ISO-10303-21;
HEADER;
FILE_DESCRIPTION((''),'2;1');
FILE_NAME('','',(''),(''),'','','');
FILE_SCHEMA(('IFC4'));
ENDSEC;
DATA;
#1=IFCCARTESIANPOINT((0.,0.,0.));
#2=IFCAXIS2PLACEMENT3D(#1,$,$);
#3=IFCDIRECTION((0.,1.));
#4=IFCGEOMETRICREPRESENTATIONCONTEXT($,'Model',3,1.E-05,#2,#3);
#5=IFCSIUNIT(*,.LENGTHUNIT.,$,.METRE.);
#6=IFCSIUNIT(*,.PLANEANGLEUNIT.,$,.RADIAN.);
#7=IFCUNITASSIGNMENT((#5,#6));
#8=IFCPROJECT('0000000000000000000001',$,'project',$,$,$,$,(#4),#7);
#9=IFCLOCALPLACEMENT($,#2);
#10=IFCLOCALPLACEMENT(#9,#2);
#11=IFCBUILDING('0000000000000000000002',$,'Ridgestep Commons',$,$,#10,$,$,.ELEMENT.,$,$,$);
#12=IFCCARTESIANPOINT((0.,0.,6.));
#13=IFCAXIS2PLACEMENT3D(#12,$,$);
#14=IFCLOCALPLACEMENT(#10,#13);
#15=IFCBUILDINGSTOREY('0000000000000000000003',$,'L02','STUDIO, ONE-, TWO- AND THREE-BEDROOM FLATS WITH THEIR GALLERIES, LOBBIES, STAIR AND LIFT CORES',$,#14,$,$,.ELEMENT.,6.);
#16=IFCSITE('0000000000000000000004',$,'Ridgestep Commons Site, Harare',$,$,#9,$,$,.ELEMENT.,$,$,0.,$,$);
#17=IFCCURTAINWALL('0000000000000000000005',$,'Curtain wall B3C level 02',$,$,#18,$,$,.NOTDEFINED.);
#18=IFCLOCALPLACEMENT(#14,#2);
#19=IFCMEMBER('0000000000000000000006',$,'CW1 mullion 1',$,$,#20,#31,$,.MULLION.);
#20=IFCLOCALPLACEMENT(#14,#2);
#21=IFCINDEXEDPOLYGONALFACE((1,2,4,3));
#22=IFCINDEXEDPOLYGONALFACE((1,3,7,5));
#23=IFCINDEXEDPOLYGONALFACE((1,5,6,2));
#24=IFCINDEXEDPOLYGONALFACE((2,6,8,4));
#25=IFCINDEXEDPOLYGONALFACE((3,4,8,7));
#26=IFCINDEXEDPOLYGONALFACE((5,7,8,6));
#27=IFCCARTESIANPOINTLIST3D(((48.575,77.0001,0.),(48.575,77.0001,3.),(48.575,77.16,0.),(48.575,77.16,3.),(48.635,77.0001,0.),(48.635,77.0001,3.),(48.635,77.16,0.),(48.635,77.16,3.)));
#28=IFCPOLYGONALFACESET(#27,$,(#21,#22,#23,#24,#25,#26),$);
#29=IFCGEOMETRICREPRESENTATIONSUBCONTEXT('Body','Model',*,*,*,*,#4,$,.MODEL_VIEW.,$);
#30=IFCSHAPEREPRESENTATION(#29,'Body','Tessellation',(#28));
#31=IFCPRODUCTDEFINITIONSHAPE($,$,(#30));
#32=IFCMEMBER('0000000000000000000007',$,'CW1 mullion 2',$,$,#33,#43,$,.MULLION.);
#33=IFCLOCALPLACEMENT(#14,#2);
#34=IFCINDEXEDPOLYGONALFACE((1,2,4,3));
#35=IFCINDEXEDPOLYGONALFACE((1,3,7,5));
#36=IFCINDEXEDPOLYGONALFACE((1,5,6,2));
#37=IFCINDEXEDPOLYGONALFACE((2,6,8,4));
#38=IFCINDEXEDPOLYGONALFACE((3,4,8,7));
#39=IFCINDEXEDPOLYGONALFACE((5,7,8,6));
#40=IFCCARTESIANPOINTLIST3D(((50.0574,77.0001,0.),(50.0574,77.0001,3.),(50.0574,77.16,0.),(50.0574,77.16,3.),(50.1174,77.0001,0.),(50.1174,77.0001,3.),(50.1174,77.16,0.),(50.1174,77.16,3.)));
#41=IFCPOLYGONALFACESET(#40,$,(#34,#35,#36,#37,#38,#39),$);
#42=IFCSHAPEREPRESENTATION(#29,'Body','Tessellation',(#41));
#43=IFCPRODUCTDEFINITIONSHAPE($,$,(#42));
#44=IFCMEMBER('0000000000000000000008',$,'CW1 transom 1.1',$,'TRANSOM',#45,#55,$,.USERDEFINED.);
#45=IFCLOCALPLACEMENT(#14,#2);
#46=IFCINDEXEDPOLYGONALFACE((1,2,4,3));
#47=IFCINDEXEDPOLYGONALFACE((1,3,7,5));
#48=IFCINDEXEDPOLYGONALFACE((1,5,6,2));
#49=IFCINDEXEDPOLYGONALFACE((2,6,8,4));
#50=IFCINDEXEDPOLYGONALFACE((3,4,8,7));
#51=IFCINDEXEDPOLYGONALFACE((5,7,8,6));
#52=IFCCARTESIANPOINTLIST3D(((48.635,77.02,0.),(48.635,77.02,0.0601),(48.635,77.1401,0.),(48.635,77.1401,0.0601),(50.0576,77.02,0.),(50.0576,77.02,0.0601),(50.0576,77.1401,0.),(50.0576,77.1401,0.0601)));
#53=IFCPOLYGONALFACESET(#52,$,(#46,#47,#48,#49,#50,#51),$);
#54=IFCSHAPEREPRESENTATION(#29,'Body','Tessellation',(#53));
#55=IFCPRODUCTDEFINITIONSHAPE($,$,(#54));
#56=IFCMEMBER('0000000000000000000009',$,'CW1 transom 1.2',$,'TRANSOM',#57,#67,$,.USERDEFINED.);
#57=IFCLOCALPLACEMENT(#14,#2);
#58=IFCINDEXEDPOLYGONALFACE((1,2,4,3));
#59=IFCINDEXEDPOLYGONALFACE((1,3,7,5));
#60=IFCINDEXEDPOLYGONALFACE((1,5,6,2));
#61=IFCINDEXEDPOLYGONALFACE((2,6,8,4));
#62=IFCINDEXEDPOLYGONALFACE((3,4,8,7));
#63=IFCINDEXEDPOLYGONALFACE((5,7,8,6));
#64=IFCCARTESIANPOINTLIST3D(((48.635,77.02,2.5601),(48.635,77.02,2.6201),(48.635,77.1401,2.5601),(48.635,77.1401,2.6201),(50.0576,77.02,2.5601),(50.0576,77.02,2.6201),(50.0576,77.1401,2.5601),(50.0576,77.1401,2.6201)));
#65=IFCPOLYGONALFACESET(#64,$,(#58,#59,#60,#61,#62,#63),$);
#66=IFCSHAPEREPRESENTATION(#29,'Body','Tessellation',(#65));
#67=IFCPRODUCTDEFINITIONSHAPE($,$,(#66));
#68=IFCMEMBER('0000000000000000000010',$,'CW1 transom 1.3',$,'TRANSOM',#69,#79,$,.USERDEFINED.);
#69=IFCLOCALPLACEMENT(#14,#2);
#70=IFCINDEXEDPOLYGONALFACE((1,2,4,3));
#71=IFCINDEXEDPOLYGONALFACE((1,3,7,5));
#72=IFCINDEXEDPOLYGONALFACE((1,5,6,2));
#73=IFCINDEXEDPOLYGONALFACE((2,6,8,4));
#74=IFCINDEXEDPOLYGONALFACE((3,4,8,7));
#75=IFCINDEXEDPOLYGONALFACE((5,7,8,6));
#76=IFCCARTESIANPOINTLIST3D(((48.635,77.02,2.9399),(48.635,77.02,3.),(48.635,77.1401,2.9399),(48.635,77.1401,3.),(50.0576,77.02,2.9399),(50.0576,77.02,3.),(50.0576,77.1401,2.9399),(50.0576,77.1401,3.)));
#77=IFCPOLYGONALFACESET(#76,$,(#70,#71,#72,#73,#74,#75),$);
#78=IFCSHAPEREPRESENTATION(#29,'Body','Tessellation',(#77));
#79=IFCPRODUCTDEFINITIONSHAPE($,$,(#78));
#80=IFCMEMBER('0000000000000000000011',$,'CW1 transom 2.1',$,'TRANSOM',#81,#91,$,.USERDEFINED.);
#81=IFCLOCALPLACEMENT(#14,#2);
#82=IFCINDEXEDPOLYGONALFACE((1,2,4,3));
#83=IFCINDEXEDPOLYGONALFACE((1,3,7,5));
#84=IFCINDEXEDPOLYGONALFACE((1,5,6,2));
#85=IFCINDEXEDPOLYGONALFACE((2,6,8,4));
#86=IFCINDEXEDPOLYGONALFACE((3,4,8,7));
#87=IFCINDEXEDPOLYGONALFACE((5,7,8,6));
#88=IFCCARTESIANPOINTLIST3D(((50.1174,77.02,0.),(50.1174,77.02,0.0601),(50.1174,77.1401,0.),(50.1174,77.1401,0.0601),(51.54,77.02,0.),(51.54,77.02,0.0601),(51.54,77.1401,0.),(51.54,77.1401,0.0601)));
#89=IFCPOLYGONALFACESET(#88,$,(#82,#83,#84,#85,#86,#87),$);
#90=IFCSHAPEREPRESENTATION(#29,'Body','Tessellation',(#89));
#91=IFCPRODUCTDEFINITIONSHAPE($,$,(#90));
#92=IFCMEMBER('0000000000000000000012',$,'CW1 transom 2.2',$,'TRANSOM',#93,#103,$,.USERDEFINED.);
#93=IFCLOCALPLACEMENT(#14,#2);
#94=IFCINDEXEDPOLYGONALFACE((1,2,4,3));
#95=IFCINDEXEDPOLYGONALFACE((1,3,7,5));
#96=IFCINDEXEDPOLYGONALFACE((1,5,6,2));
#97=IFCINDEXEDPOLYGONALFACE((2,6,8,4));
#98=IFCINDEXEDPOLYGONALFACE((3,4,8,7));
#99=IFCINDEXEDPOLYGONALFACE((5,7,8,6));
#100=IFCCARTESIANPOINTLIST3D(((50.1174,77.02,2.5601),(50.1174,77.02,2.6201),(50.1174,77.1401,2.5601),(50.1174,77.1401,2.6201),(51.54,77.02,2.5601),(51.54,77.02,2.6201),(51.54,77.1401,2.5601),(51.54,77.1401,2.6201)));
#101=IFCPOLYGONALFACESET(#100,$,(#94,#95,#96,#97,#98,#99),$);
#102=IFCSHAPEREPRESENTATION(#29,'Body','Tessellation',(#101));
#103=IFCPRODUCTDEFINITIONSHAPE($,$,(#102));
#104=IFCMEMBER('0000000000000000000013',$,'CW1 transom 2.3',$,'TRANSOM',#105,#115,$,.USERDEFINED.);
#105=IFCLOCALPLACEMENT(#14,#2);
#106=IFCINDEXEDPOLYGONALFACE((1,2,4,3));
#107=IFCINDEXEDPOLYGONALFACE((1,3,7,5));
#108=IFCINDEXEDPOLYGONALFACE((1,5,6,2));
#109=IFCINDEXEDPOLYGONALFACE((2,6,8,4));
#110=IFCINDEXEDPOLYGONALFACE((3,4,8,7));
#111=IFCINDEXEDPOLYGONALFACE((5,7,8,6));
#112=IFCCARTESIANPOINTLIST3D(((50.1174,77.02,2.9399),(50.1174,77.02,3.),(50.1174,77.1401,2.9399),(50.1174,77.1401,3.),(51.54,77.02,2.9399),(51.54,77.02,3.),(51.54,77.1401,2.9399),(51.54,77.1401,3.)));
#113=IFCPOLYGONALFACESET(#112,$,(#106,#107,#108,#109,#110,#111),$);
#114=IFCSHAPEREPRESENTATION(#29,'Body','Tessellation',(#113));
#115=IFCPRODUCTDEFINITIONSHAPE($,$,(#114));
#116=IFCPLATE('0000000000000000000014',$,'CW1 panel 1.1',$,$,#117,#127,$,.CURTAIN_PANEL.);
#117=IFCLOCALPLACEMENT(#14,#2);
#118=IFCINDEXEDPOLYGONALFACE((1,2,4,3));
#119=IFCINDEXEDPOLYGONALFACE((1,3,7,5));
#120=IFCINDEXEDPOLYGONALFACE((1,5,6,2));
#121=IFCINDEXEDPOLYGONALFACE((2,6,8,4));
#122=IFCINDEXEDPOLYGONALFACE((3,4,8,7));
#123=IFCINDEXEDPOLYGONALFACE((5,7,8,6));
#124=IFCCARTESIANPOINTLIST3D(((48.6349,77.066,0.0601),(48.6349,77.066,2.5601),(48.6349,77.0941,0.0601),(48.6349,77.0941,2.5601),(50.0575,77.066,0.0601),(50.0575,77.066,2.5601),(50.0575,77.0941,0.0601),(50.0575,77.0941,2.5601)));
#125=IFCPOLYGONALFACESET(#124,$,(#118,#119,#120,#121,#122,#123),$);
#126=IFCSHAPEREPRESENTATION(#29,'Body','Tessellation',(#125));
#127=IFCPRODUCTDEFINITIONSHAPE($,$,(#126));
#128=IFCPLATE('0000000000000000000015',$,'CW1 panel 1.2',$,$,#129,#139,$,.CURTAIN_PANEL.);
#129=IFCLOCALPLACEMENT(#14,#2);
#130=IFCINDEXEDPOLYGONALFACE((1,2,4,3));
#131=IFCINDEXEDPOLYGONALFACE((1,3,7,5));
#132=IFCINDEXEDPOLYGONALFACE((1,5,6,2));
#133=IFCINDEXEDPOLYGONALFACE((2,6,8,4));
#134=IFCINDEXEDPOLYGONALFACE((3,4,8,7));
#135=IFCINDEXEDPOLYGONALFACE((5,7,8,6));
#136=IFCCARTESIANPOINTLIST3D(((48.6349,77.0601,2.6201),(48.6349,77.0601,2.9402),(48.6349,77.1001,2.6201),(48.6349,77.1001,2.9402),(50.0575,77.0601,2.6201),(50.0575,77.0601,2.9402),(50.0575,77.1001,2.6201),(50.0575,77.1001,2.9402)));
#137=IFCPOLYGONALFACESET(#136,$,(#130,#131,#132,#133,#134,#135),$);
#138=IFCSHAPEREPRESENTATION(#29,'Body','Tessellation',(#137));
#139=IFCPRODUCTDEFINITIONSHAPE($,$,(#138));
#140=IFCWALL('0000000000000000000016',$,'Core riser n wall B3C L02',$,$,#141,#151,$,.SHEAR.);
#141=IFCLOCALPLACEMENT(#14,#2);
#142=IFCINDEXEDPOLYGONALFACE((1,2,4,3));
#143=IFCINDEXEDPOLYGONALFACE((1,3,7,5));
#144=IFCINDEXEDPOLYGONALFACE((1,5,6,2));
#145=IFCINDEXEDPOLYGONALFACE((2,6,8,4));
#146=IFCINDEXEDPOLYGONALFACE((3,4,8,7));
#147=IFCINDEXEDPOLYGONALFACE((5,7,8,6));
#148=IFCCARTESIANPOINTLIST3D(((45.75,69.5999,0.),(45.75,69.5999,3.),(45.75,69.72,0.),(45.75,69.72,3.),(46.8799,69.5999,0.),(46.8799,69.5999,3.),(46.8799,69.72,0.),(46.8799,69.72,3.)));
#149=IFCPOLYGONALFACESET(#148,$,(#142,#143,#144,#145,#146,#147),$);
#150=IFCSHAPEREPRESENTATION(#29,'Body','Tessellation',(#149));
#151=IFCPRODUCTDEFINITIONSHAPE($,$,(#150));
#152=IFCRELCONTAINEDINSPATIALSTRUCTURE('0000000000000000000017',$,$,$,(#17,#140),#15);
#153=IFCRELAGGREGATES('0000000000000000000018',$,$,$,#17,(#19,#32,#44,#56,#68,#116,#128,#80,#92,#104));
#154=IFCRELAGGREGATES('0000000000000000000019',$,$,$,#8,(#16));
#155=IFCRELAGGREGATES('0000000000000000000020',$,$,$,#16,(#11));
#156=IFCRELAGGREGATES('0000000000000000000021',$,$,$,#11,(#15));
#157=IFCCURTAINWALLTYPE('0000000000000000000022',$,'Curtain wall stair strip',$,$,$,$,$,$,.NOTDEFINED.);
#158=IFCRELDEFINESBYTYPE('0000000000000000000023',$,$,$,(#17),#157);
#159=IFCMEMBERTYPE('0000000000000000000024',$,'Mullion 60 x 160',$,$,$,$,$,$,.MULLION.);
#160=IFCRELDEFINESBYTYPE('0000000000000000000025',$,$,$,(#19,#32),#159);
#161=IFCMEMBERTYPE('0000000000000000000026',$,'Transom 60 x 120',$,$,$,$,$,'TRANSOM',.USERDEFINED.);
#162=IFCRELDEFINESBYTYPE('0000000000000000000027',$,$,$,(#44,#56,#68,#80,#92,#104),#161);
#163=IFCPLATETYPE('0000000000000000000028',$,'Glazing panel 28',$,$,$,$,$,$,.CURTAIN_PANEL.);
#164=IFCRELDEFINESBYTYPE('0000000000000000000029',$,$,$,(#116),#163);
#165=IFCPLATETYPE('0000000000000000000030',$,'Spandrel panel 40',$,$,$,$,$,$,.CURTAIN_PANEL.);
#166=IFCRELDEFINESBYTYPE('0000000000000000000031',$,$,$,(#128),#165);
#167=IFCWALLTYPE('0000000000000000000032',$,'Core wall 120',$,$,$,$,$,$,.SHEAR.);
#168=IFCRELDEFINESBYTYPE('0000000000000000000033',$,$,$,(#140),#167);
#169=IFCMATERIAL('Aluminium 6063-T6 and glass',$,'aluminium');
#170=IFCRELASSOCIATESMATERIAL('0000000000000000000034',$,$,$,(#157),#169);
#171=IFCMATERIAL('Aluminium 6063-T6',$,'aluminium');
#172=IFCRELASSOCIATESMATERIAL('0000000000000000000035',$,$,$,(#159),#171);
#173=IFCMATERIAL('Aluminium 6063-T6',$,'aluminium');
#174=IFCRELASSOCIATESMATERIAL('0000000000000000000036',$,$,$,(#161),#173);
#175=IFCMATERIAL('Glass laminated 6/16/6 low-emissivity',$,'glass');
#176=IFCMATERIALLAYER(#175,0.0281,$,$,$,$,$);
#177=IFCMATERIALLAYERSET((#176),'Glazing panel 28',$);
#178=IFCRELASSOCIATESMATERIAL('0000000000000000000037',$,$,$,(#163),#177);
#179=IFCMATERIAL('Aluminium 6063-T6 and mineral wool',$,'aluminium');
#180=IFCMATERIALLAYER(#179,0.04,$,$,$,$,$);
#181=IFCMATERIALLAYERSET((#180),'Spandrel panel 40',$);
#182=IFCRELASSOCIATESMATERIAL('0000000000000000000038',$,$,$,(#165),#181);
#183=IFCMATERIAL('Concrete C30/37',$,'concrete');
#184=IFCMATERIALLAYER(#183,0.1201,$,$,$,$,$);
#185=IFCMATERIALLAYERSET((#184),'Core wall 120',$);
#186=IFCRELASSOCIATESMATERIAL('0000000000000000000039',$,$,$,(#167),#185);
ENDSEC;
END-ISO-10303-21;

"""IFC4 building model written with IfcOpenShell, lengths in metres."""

from ifc_helpers import new_model, si_unit, direction, frame, frame_2d, origin, origin_2d, place, context, subcontext, project, spatial, rectangle, extrude, material, layer, layer_set, material_profile, profile_set, type_object, element, aggregate, save


model = new_model("IFC4")

# Units and contexts
model_context = context("Model", 3, precision=1e-05, world=origin(), true_north=direction((0.0, 1.0)))
body_context = subcontext(model_context, "Body", "Model", "MODEL_VIEW")
ifc_project = project(units=[si_unit("LENGTHUNIT", "METRE"), si_unit("PLANEANGLEUNIT", "RADIAN")], contexts=[model_context])

# Site, building, storey
site_placement = place(None, origin())
site = spatial("IfcSite", under=ifc_project, at=site_placement, Name="Ridgestep Commons Site, Harare", CompositionType="ELEMENT", RefElevation=0.0)
building_placement = place(site_placement, origin())
building = spatial("IfcBuilding", under=site, at=building_placement, Name="Ridgestep Commons", CompositionType="ELEMENT")
storey_placement = place(building_placement, frame((0.0, 0.0, 6.0)))
storey = spatial("IfcBuildingStorey", under=building, at=storey_placement, Name="L02", Description="STUDIO, ONE-, TWO- AND THREE-BEDROOM FLATS WITH THEIR GALLERIES, LOBBIES, STAIR AND LIFT CORES", CompositionType="ELEMENT", Elevation=6.0)

# Curtain wall, members, plates
ifc_material_1 = material(Name="Aluminium 6063-T6 and glass", Category="aluminium")
curtain_wall_type = type_object("IfcCurtainWallType", Name="Curtain wall stair strip", PredefinedType="NOTDEFINED", material=ifc_material_1)
curtain_wall_placement = place(storey_placement, origin())
curtain_wall = element("IfcCurtainWall", 1, at=curtain_wall_placement, inside=storey, type_object=curtain_wall_type, Name="Curtain wall B3C level 02", PredefinedType="NOTDEFINED")
ifc_material_2 = material(Name="Aluminium 6063-T6", Category="aluminium")
ifc_material_profile_1 = material_profile(ifc_material_2, rectangle(XDim=0.1599, YDim=0.0601, at=origin_2d()), Name="Mullion 60 x 160")
ifc_profile_set_1 = profile_set([ifc_material_profile_1], Name="Aluminium 6063-T6")
member_type_1 = type_object("IfcMemberType", Name="Mullion 60 x 160", PredefinedType="MULLION", material=ifc_profile_set_1)
member_1_placement = place(storey_placement, frame((48.605, 77.0801, 0.0), z_axis=(0.0, 0.0, 1.0), x_axis=(0.0, 1.0, 0.0)))
member_1 = element("IfcMember", 2, at=member_1_placement, type_object=member_type_1, Name="CW1 mullion 1", PredefinedType="MULLION", context=body_context, shape_type="SweptSolid", body=[
    extrude(rectangle(XDim=0.1599, YDim=0.0601, at=origin_2d()), origin(), (0.0, 0.0, 1.0), 3.0),
])
member_2_placement = place(storey_placement, frame((50.0874, 77.0801, 0.0), z_axis=(0.0, 0.0, 1.0), x_axis=(0.0, 1.0, 0.0)))
member_2 = element("IfcMember", 3, at=member_2_placement, type_object=member_type_1, Name="CW1 mullion 2", PredefinedType="MULLION", context=body_context, shape_type="SweptSolid", body=[
    extrude(rectangle(XDim=0.1599, YDim=0.0601, at=origin_2d()), origin(), (0.0, 0.0, 1.0), 3.0),
])
ifc_material_3 = material(Name="Aluminium 6063-T6", Category="aluminium")
ifc_material_profile_2 = material_profile(ifc_material_3, rectangle(XDim=0.1201, YDim=0.0601, at=origin_2d()), Name="Transom 60 x 120")
ifc_profile_set_2 = profile_set([ifc_material_profile_2], Name="Aluminium 6063-T6")
member_type_2 = type_object("IfcMemberType", Name="Transom 60 x 120", ElementType="TRANSOM", PredefinedType="USERDEFINED", material=ifc_profile_set_2)
member_3_placement = place(storey_placement, frame((48.635, 77.0801, 0.03), z_axis=(1.0, 0.0, 0.0), x_axis=(0.0, 1.0, 0.0)))
member_3 = element("IfcMember", 4, at=member_3_placement, type_object=member_type_2, Name="CW1 transom 1.1", ObjectType="TRANSOM", PredefinedType="USERDEFINED", context=body_context, shape_type="SweptSolid", body=[
    extrude(rectangle(XDim=0.1201, YDim=0.0601, at=origin_2d()), origin(), (0.0, 0.0, 1.0), 1.4226),
])
member_4_placement = place(storey_placement, frame((48.635, 77.0801, 2.5901), z_axis=(1.0, 0.0, 0.0), x_axis=(0.0, 1.0, 0.0)))
member_4 = element("IfcMember", 5, at=member_4_placement, type_object=member_type_2, Name="CW1 transom 1.2", ObjectType="TRANSOM", PredefinedType="USERDEFINED", context=body_context, shape_type="SweptSolid", body=[
    extrude(rectangle(XDim=0.1201, YDim=0.0601, at=origin_2d()), origin(), (0.0, 0.0, 1.0), 1.4226),
])
member_5_placement = place(storey_placement, frame((48.635, 77.0801, 2.97), z_axis=(1.0, 0.0, 0.0), x_axis=(0.0, 1.0, 0.0)))
member_5 = element("IfcMember", 6, at=member_5_placement, type_object=member_type_2, Name="CW1 transom 1.3", ObjectType="TRANSOM", PredefinedType="USERDEFINED", context=body_context, shape_type="SweptSolid", body=[
    extrude(rectangle(XDim=0.1201, YDim=0.0601, at=origin_2d()), origin(), (0.0, 0.0, 1.0), 1.4226),
])
member_6_placement = place(storey_placement, frame((50.1174, 77.0801, 0.03), z_axis=(1.0, 0.0, 0.0), x_axis=(0.0, 1.0, 0.0)))
member_6 = element("IfcMember", 7, at=member_6_placement, type_object=member_type_2, Name="CW1 transom 2.1", ObjectType="TRANSOM", PredefinedType="USERDEFINED", context=body_context, shape_type="SweptSolid", body=[
    extrude(rectangle(XDim=0.1201, YDim=0.0601, at=origin_2d()), origin(), (0.0, 0.0, 1.0), 1.4226),
])
member_7_placement = place(storey_placement, frame((50.1174, 77.0801, 2.5901), z_axis=(1.0, 0.0, 0.0), x_axis=(0.0, 1.0, 0.0)))
member_7 = element("IfcMember", 8, at=member_7_placement, type_object=member_type_2, Name="CW1 transom 2.2", ObjectType="TRANSOM", PredefinedType="USERDEFINED", context=body_context, shape_type="SweptSolid", body=[
    extrude(rectangle(XDim=0.1201, YDim=0.0601, at=origin_2d()), origin(), (0.0, 0.0, 1.0), 1.4226),
])
member_8_placement = place(storey_placement, frame((50.1174, 77.0801, 2.97), z_axis=(1.0, 0.0, 0.0), x_axis=(0.0, 1.0, 0.0)))
member_8 = element("IfcMember", 9, at=member_8_placement, type_object=member_type_2, Name="CW1 transom 2.3", ObjectType="TRANSOM", PredefinedType="USERDEFINED", context=body_context, shape_type="SweptSolid", body=[
    extrude(rectangle(XDim=0.1201, YDim=0.0601, at=origin_2d()), origin(), (0.0, 0.0, 1.0), 1.4226),
])
ifc_material_4 = material(Name="Glass laminated 6/16/6 low-emissivity", Category="glass")
ifc_layer_1 = layer(ifc_material_4, 0.0281)
ifc_layer_set_1 = layer_set([ifc_layer_1], Name="Glazing panel 28")
plate_type_1 = type_object("IfcPlateType", Name="Glazing panel 28", PredefinedType="CURTAIN_PANEL", material=ifc_layer_set_1)
plate_1_placement = place(storey_placement, frame((49.3462, 77.0801, 0.0601), z_axis=(0.0, 0.0, 1.0), x_axis=(1.0, 0.0, 0.0)))
plate_1 = element("IfcPlate", 10, at=plate_1_placement, type_object=plate_type_1, Name="CW1 panel 1.1", PredefinedType="CURTAIN_PANEL", context=body_context, shape_type="SweptSolid", body=[
    extrude(rectangle(XDim=1.4226, YDim=0.0281, at=origin_2d()), origin(), (0.0, 0.0, 1.0), 2.5),
])
ifc_material_5 = material(Name="Aluminium 6063-T6 and mineral wool", Category="aluminium")
ifc_layer_2 = layer(ifc_material_5, 0.04)
ifc_layer_set_2 = layer_set([ifc_layer_2], Name="Spandrel panel 40")
plate_type_2 = type_object("IfcPlateType", Name="Spandrel panel 40", PredefinedType="CURTAIN_PANEL", material=ifc_layer_set_2)
plate_2_placement = place(storey_placement, frame((49.3462, 77.0801, 2.6201), z_axis=(0.0, 0.0, 1.0), x_axis=(1.0, 0.0, 0.0)))
plate_2 = element("IfcPlate", 11, at=plate_2_placement, type_object=plate_type_2, Name="CW1 panel 1.2", PredefinedType="CURTAIN_PANEL", context=body_context, shape_type="SweptSolid", body=[
    extrude(rectangle(XDim=1.4226, YDim=0.04, at=origin_2d()), origin(), (0.0, 0.0, 1.0), 0.3201),
])
aggregate(curtain_wall, [member_1, member_2, member_3, member_4, member_5, plate_1, plate_2, member_6, member_7, member_8])

# Wall
ifc_material_6 = material(Name="Concrete C30/37", Category="concrete")
ifc_layer_3 = layer(ifc_material_6, 0.1201)
ifc_layer_set_3 = layer_set([ifc_layer_3], Name="Core wall 120")
wall_type_1 = type_object("IfcWallType", Name="Core wall 120", PredefinedType="SHEAR", material=ifc_layer_set_3)
wall_1_placement = place(storey_placement, frame((45.75, 69.6599, 0.0), z_axis=(0.0, 0.0, 1.0), x_axis=(1.0, 0.0, 0.0)))
element("IfcWall", 12, at=wall_1_placement, inside=storey, type_object=wall_type_1, Name="Core riser n wall B3C L02", PredefinedType="SHEAR", context=body_context, shape_type="SweptSolid", body=[
    extrude(rectangle(XDim=1.1299, YDim=0.1201, at=frame_2d((0.5649, 0.0))), origin(), (0.0, 0.0, 1.0), 3.0),
])

save(model, "model.ifc")
